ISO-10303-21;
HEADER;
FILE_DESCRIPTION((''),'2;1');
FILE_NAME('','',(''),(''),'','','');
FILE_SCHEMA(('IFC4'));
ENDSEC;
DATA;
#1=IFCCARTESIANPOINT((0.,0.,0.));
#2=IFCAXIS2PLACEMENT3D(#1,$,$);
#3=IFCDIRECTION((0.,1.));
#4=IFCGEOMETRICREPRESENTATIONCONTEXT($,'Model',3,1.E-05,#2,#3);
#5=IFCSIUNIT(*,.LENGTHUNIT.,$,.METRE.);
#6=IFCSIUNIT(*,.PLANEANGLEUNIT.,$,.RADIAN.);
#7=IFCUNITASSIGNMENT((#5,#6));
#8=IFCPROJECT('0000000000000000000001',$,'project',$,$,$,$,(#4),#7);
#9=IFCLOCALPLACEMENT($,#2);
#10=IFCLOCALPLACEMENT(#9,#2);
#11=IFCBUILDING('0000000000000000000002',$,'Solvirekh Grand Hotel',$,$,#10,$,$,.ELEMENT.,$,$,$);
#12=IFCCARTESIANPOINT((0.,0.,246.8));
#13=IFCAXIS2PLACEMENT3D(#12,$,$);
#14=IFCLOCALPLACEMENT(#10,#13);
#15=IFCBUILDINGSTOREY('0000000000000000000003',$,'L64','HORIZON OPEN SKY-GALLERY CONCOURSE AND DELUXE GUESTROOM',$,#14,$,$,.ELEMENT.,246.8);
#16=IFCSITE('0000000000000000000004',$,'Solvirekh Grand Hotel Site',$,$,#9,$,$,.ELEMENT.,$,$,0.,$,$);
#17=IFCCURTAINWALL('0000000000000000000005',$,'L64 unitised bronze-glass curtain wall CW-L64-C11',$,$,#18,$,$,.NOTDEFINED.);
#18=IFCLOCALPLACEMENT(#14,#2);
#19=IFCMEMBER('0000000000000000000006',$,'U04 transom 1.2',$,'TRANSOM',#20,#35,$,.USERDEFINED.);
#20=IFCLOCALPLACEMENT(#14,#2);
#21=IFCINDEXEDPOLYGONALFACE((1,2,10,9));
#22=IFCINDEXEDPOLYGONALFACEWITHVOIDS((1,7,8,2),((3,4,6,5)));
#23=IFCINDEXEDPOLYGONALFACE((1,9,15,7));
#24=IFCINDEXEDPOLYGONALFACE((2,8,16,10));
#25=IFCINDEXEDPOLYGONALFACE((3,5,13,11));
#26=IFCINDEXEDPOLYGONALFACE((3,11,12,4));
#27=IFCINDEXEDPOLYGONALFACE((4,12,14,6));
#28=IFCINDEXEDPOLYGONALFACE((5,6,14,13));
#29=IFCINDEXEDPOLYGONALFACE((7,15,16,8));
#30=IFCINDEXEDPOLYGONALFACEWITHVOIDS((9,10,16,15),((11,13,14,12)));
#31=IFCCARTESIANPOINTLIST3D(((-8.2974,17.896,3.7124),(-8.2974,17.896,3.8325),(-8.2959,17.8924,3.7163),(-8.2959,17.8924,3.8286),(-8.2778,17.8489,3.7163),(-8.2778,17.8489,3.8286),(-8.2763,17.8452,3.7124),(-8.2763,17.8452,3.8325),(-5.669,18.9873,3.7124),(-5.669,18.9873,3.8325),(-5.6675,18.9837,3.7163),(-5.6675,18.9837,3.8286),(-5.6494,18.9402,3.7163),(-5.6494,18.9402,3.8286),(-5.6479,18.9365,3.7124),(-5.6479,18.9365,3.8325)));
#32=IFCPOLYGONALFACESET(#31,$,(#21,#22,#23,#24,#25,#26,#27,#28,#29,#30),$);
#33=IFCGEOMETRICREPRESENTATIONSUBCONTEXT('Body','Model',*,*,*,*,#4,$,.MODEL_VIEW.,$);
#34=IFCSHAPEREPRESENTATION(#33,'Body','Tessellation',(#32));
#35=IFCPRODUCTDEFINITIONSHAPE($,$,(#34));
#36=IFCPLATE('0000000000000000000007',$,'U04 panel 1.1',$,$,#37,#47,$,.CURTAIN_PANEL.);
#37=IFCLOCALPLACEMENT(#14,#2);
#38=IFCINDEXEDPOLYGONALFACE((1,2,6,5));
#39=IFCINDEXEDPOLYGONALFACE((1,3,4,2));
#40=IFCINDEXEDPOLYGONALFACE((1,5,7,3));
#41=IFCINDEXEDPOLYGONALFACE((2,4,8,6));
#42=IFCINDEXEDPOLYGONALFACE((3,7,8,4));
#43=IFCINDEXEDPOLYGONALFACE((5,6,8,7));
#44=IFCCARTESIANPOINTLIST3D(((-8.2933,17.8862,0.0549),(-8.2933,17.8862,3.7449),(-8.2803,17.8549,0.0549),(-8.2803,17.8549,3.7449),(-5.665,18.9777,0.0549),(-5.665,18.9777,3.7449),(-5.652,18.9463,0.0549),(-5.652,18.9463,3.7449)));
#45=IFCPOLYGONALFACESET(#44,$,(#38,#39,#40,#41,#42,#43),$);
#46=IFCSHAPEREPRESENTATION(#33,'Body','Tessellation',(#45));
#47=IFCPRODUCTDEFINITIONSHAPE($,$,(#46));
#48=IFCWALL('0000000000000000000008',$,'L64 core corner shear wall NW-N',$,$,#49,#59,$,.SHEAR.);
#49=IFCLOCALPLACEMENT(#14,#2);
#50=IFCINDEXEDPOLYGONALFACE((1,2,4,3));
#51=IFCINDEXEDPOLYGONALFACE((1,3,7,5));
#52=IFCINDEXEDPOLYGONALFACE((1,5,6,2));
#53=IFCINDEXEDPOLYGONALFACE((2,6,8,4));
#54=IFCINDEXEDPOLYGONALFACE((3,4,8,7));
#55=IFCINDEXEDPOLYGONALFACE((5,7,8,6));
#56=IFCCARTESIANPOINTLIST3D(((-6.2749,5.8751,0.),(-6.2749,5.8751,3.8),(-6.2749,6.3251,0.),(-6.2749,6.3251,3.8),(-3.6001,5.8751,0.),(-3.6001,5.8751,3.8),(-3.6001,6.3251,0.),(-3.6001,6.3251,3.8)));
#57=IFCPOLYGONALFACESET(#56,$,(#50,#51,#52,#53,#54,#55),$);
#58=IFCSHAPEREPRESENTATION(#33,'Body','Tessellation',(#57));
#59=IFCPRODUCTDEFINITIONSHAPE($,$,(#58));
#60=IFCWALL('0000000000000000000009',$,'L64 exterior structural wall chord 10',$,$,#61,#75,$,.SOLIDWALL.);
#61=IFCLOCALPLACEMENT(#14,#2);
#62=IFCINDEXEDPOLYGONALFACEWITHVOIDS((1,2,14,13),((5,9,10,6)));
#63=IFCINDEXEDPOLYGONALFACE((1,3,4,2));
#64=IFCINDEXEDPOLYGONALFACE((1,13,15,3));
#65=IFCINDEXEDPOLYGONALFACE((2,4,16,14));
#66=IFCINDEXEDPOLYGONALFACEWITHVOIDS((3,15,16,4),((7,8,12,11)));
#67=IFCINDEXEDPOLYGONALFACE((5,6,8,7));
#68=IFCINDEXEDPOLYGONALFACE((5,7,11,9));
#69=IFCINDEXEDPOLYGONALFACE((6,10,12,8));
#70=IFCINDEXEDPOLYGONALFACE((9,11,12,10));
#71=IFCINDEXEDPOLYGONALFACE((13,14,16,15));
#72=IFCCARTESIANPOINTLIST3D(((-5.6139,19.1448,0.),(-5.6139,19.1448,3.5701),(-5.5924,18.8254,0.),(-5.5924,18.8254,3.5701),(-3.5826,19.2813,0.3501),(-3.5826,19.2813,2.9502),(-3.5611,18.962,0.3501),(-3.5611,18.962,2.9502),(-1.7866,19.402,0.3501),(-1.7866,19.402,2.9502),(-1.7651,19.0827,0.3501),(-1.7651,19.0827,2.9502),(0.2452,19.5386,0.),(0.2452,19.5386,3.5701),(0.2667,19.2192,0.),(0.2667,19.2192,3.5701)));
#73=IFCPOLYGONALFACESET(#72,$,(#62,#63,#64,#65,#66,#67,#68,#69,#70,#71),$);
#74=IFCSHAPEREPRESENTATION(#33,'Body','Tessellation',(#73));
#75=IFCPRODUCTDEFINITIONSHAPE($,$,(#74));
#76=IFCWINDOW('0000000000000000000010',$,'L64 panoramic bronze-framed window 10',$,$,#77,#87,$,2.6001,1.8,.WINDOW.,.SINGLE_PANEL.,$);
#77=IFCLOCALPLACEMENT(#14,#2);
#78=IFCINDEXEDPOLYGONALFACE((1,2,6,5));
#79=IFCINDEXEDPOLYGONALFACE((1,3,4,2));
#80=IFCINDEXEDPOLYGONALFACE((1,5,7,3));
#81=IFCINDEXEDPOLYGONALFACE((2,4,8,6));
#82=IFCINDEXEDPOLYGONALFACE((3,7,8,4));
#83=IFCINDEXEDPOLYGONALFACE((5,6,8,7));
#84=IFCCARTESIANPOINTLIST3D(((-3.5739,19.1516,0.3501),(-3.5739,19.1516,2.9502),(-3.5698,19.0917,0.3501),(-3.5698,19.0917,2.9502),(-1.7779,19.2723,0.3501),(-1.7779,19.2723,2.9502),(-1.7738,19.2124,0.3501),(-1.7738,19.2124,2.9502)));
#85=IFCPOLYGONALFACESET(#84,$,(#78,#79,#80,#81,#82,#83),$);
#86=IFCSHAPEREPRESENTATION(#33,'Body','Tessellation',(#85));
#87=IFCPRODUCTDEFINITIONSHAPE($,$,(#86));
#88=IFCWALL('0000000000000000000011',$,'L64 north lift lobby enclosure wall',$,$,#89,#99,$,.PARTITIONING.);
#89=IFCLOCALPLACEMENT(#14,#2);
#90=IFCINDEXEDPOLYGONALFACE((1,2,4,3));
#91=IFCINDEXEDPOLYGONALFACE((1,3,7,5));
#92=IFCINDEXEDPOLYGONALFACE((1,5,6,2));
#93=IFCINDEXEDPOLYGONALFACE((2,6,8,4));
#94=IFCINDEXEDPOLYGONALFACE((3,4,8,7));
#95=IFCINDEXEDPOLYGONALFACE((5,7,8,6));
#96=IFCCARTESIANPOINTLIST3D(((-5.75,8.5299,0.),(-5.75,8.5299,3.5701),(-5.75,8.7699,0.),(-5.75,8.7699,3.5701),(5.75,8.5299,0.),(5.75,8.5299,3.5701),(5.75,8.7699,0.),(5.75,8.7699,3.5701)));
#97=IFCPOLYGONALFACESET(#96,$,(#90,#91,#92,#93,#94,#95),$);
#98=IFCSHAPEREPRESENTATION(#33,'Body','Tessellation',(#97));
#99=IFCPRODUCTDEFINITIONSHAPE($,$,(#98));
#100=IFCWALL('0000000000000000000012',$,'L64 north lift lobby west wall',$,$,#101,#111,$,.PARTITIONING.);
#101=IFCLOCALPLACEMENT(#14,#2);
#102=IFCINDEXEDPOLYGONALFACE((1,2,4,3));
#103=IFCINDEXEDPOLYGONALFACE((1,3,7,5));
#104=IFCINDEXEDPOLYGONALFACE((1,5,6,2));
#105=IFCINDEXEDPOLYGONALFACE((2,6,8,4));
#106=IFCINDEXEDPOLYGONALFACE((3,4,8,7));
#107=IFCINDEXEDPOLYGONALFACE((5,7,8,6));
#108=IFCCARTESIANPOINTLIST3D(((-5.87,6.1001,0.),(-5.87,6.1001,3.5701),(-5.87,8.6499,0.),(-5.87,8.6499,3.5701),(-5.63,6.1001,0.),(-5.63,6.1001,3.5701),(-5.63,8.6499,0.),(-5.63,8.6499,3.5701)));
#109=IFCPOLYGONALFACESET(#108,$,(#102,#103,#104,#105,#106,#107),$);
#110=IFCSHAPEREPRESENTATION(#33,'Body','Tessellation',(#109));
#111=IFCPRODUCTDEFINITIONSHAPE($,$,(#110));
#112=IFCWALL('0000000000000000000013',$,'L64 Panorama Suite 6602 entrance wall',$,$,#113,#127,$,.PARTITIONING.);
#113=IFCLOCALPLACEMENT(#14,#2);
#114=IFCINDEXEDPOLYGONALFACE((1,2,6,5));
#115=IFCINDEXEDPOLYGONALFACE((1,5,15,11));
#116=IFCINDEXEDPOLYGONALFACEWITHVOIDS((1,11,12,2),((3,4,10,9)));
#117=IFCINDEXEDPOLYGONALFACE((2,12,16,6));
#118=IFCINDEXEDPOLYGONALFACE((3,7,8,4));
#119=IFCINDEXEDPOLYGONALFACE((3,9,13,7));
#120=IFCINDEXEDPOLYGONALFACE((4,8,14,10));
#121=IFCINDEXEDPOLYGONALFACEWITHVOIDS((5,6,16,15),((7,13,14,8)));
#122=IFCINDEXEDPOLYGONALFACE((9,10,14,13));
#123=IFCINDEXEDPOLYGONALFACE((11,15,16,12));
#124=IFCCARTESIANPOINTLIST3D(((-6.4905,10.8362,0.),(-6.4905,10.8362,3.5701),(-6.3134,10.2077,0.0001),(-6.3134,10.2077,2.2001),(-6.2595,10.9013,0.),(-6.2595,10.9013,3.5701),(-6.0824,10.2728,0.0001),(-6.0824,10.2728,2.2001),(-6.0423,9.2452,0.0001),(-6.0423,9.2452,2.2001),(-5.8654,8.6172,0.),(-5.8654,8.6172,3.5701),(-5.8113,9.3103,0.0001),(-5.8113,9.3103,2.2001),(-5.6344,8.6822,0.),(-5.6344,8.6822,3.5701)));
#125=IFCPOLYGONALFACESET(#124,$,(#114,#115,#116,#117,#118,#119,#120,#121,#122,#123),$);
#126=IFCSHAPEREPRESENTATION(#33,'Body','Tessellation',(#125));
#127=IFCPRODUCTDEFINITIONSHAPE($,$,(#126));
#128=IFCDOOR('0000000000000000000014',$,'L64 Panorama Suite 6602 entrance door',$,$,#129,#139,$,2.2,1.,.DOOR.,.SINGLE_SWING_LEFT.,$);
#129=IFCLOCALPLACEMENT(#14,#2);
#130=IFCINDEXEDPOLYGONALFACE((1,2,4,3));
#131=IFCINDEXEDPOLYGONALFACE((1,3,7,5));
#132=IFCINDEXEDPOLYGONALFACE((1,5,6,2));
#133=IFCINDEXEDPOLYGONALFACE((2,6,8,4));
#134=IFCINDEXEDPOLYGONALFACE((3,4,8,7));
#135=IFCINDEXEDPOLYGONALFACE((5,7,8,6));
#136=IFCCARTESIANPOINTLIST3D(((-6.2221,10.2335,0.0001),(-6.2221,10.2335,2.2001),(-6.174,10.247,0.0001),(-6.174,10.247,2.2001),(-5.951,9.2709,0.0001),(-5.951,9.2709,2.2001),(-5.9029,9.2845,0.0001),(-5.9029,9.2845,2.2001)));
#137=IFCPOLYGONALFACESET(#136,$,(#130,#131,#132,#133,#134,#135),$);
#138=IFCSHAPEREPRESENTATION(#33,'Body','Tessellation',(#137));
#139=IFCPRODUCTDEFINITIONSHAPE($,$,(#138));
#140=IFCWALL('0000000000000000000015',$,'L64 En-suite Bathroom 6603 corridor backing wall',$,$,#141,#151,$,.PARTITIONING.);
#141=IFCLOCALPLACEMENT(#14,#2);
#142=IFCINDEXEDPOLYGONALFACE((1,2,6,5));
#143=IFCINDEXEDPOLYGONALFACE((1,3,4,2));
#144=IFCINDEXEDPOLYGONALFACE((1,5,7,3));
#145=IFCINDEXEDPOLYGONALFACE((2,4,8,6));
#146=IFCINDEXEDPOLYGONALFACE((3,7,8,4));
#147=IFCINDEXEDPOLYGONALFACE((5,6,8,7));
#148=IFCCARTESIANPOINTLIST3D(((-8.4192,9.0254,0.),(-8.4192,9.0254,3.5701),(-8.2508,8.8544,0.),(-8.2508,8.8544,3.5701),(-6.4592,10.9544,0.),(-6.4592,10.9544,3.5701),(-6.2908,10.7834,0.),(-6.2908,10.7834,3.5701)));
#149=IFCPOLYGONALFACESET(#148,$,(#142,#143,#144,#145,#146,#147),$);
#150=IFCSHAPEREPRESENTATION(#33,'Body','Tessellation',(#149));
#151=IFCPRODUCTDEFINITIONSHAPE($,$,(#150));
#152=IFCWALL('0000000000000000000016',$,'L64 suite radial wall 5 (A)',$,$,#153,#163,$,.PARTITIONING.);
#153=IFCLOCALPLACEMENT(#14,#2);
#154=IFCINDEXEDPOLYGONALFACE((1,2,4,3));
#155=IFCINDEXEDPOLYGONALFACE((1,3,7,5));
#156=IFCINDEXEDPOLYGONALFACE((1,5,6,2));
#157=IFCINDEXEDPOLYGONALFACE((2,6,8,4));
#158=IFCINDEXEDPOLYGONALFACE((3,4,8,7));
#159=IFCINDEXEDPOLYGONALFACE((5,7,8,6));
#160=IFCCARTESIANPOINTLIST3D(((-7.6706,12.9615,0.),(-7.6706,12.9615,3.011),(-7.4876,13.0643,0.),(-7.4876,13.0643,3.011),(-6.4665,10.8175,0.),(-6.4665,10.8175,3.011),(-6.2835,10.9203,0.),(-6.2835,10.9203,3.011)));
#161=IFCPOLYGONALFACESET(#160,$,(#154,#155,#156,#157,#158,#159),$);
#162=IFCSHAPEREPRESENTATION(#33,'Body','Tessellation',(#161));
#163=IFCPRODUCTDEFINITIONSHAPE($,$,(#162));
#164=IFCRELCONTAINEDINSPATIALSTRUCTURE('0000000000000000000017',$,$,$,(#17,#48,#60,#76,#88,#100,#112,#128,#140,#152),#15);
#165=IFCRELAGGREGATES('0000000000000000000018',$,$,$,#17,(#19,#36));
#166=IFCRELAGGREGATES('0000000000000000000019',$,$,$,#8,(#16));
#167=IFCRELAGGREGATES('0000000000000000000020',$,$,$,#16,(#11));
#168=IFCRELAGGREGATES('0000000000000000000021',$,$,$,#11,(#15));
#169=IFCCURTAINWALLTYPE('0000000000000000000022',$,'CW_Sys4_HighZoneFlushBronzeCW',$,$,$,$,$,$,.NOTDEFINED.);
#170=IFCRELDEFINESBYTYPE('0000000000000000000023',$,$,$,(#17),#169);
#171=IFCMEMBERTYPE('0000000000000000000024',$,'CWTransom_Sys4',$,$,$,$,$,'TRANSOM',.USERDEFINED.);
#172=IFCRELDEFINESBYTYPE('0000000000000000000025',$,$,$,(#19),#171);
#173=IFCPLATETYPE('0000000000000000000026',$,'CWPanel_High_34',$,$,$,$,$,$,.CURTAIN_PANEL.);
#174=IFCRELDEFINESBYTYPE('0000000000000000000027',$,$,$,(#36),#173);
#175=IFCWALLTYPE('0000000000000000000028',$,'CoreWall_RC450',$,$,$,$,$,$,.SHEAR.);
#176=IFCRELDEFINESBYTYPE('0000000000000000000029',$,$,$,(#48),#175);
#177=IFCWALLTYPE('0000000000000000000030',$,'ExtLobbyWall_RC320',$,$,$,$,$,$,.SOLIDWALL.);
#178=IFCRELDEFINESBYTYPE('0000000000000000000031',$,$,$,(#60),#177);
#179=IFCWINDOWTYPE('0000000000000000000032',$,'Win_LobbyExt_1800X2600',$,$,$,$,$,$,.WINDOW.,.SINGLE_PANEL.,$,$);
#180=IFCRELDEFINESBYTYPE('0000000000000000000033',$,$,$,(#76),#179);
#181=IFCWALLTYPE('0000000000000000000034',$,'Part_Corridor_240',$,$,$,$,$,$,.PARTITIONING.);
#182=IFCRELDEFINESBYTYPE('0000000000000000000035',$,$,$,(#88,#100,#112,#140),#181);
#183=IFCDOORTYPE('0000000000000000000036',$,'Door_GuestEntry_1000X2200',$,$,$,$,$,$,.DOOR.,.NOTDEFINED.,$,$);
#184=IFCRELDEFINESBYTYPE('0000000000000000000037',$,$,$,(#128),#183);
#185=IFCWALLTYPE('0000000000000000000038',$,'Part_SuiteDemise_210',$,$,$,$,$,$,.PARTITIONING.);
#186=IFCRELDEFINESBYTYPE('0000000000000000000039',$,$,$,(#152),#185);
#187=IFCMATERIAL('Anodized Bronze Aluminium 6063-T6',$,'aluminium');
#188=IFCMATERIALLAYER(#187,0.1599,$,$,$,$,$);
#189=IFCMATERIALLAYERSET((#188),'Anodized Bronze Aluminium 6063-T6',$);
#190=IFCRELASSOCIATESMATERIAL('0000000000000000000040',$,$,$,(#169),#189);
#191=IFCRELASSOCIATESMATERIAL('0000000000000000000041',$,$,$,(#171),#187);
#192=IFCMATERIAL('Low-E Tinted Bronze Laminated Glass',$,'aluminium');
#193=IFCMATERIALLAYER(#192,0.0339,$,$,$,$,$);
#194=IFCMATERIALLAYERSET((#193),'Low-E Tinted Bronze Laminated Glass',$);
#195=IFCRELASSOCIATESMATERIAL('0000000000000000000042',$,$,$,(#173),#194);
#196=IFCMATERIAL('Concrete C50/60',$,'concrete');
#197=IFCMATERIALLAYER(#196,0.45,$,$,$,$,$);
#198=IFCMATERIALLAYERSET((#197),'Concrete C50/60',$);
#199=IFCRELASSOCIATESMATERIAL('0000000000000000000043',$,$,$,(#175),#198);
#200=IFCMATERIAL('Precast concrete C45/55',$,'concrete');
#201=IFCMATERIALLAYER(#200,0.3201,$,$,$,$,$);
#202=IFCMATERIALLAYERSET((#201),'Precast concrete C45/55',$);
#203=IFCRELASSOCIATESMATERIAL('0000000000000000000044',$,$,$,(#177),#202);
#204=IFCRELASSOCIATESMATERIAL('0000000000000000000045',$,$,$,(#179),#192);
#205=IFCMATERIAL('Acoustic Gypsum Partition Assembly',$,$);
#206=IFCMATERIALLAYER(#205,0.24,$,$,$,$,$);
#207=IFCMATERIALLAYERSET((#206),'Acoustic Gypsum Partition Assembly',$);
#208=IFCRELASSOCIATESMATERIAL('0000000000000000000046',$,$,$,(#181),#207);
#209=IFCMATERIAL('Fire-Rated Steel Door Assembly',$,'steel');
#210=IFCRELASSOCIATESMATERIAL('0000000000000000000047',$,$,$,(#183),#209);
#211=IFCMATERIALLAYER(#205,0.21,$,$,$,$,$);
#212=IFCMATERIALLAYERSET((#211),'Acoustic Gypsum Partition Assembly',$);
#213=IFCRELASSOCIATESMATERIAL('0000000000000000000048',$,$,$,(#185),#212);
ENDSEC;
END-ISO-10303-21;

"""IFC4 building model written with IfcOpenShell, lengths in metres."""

from ifc_helpers import new_model, si_unit, direction, frame, frame_2d, origin, origin_2d, place, context, subcontext, project, spatial, rectangle, hollow_rectangle, extrude, source, transform, mapped, material, layer, layer_set, material_profile, profile_set, type_object, element, fill, aggregate, save


model = new_model("IFC4")

# Units and contexts
model_context = context("Model", 3, precision=1e-05, world=origin(), true_north=direction((0.0, 1.0)))
body_context = subcontext(model_context, "Body", "Model", "MODEL_VIEW")
ifc_project = project(units=[si_unit("LENGTHUNIT", "METRE"), si_unit("PLANEANGLEUNIT", "RADIAN")], contexts=[model_context])

# Site, building, storey
site_placement = place(None, origin())
site = spatial("IfcSite", under=ifc_project, at=site_placement, Name="Solvirekh Grand Hotel Site", CompositionType="ELEMENT", RefElevation=0.0)
building_placement = place(site_placement, origin())
building = spatial("IfcBuilding", under=site, at=building_placement, Name="Solvirekh Grand Hotel", CompositionType="ELEMENT")
storey_placement = place(building_placement, frame((0.0, 0.0, 246.8)))
storey = spatial("IfcBuildingStorey", under=building, at=storey_placement, Name="L64", Description="HORIZON OPEN SKY-GALLERY CONCOURSE AND DELUXE GUESTROOM", CompositionType="ELEMENT", Elevation=246.8)

# Shared definitions
ifc_material_1 = material(Name="Concrete C50/60", Category="concrete")

# Curtain wall, member, plate
ifc_material_2 = material(Name="Anodized Bronze Aluminium 6063-T6", Category="aluminium")
ifc_layer_1 = layer(ifc_material_2, 0.1599)
ifc_layer_set_1 = layer_set([ifc_layer_1], Name="Anodized Bronze Aluminium 6063-T6")
curtain_wall_type = type_object("IfcCurtainWallType", Name="CW_Sys4_HighZoneFlushBronzeCW", PredefinedType="NOTDEFINED", material=ifc_layer_set_1)
curtain_wall_placement = place(storey_placement, origin())
curtain_wall = element("IfcCurtainWall", 1, at=curtain_wall_placement, inside=storey, type_object=curtain_wall_type, Name="L64 unitised bronze-glass curtain wall CW-L64-C11", PredefinedType="NOTDEFINED")
ifc_material_profile_1 = material_profile(ifc_material_2, hollow_rectangle(XDim=0.0549, YDim=0.1201, WallThickness=0.0039, at=origin_2d()), Name="ALU RHS 120X55X4")
ifc_profile_set_1 = profile_set([ifc_material_profile_1], Name="Anodized Bronze Aluminium 6063-T6")
member_type_1 = type_object("IfcMemberType", Name="CWTransom_Sys4", ElementType="TRANSOM", PredefinedType="USERDEFINED", material=ifc_profile_set_1)
shared_shape_1 = source(origin(), body_context, "Body", "SweptSolid", [
    extrude(hollow_rectangle(XDim=0.0549, YDim=0.1201, WallThickness=0.0039, at=origin_2d()), origin(), (0.0, 0.0, 1.0), 2.8459),
])
member_1_placement = place(storey_placement, frame((-5.6584, 18.9619, 3.7725), z_axis=(-0.923558, -0.383458, 0.0), x_axis=(0.383458, -0.923558, 0.0)))
member_1 = element("IfcMember", 2, at=member_1_placement, type_object=member_type_1, Name="U04 transom 1.2", ObjectType="TRANSOM", PredefinedType="USERDEFINED", context=body_context, shape_type="MappedRepresentation", body=[
    mapped(shared_shape_1, transform((0.0, 0.0, 0.0), x_axis=(1.0, 0.0, 0.0), y_axis=(0.0, 1.0, 0.0), z_axis=(0.0, 0.0, 1.0), scale=1.0)),
])
ifc_material_3 = material(Name="Low-E Tinted Bronze Laminated Glass", Category="aluminium")
ifc_layer_2 = layer(ifc_material_3, 0.0339)
ifc_layer_set_2 = layer_set([ifc_layer_2], Name="Low-E Tinted Bronze Laminated Glass")
plate_type = type_object("IfcPlateType", Name="CWPanel_High_34", PredefinedType="CURTAIN_PANEL", material=ifc_layer_set_2)
shared_shape_2 = source(origin(), body_context, "Body", "SweptSolid", [
    extrude(rectangle(XDim=2.8459, YDim=0.0339, at=origin_2d()), origin(), (0.0, 0.0, 1.0), 3.6899),
])
plate_placement = place(storey_placement, frame((-6.9727, 18.4163, 0.0549), z_axis=(0.0, 0.0, 1.0), x_axis=(-0.923535, -0.383515, 0.0)))
plate = element("IfcPlate", 3, at=plate_placement, type_object=plate_type, Name="U04 panel 1.1", PredefinedType="CURTAIN_PANEL", context=body_context, shape_type="MappedRepresentation", body=[
    mapped(shared_shape_2, transform((0.0, 0.0, 0.0), x_axis=(1.0, 0.0, 0.0), y_axis=(0.0, 1.0, 0.0), z_axis=(0.0, 0.0, 1.0), scale=1.0)),
])
aggregate(curtain_wall, [member_1, plate])

# Wall
ifc_layer_3 = layer(ifc_material_1, 0.45)
ifc_layer_set_3 = layer_set([ifc_layer_3], Name="Concrete C50/60")
wall_type_1 = type_object("IfcWallType", Name="CoreWall_RC450", PredefinedType="SHEAR", material=ifc_layer_set_3)
wall_1_placement = place(storey_placement, frame((-6.2749, 6.1001, 0.0), z_axis=(0.0, 0.0, 1.0), x_axis=(1.0, 0.0, 0.0)))
element("IfcWall", 4, at=wall_1_placement, inside=storey, type_object=wall_type_1, Name="L64 core corner shear wall NW-N", PredefinedType="SHEAR", context=body_context, shape_type="SweptSolid", body=[
    extrude(rectangle(XDim=2.6748, YDim=0.45, at=frame_2d((1.3374, 0.0))), origin(), (0.0, 0.0, 1.0), 3.8),
])

# Wall, opening, window
ifc_material_4 = material(Name="Precast concrete C45/55", Category="concrete")
ifc_layer_4 = layer(ifc_material_4, 0.3201)
ifc_layer_set_4 = layer_set([ifc_layer_4], Name="Precast concrete C45/55")
wall_type_2 = type_object("IfcWallType", Name="ExtLobbyWall_RC320", PredefinedType="SOLIDWALL", material=ifc_layer_set_4)
wall_2_placement = place(storey_placement, frame((-5.603, 18.9851, 0.0), z_axis=(0.0, 0.0, 1.0), x_axis=(0.997749, 0.06706, 0.0)))
wall_2 = element("IfcWall", 5, at=wall_2_placement, inside=storey, type_object=wall_type_2, Name="L64 exterior structural wall chord 10", PredefinedType="SOLIDWALL", context=body_context, shape_type="SweptSolid", body=[
    extrude(rectangle(XDim=5.8723, YDim=0.3201, at=frame_2d((2.936, 0.0))), origin(), (0.0, 0.0, 1.0), 3.5701),
])
opening_1_placement = place(wall_2_placement, frame((2.0359, 0.0, 0.3501)))
opening_1 = element("IfcOpeningElement", 6, at=opening_1_placement, cuts=wall_2, PredefinedType="OPENING", context=body_context, shape_type="SweptSolid", body=[
    extrude(rectangle(XDim=1.8, YDim=2.6001, at=frame_2d((0.8999, 1.3))), frame((0.0, 0.1699, 0.0), z_axis=(0.0, -1.0, 0.0), x_axis=(1.0, 0.0, 0.0)), (0.0, 0.0, 1.0), 0.3401),
])
window_type = type_object("IfcWindowType", Name="Win_LobbyExt_1800X2600", PartitioningType="SINGLE_PANEL", PredefinedType="WINDOW", material=ifc_material_3)
window_placement = place(opening_1_placement, origin())
window = element("IfcWindow", 7, at=window_placement, inside=storey, type_object=window_type, Name="L64 panoramic bronze-framed window 10", OverallHeight=2.6001, OverallWidth=1.8, PartitioningType="SINGLE_PANEL", PredefinedType="WINDOW", context=body_context, shape_type="SweptSolid", body=[
    extrude(rectangle(XDim=1.8, YDim=2.6001, at=frame_2d((0.8999, 1.3))), frame((0.0, 0.03, 0.0), z_axis=(0.0, -1.0, 0.0), x_axis=(1.0, 0.0, 0.0)), (0.0, 0.0, 1.0), 0.0601),
])
fill(opening_1, window)

# Walls
ifc_material_5 = material(Name="Acoustic Gypsum Partition Assembly")
ifc_layer_5 = layer(ifc_material_5, 0.24)
ifc_layer_set_5 = layer_set([ifc_layer_5], Name="Acoustic Gypsum Partition Assembly")
wall_type_3 = type_object("IfcWallType", Name="Part_Corridor_240", PredefinedType="PARTITIONING", material=ifc_layer_set_5)
wall_3_placement = place(storey_placement, frame((-5.75, 8.6499, 0.0), z_axis=(0.0, 0.0, 1.0), x_axis=(1.0, 0.0, 0.0)))
element("IfcWall", 8, at=wall_3_placement, inside=storey, type_object=wall_type_3, Name="L64 north lift lobby enclosure wall", PredefinedType="PARTITIONING", context=body_context, shape_type="SweptSolid", body=[
    extrude(rectangle(XDim=11.5, YDim=0.24, at=frame_2d((5.75, 0.0))), origin(), (0.0, 0.0, 1.0), 3.5701),
])
wall_4_placement = place(storey_placement, frame((-5.75, 6.1001, 0.0), z_axis=(0.0, 0.0, 1.0), x_axis=(0.0, 1.0, 0.0)))
element("IfcWall", 9, at=wall_4_placement, inside=storey, type_object=wall_type_3, Name="L64 north lift lobby west wall", PredefinedType="PARTITIONING", context=body_context, shape_type="SweptSolid", body=[
    extrude(rectangle(XDim=2.5498, YDim=0.24, at=frame_2d((1.2749, 0.0))), origin(), (0.0, 0.0, 1.0), 3.5701),
])

# Wall, opening, door
wall_5_placement = place(storey_placement, frame((-6.375, 10.8689, 0.0), z_axis=(0.0, 0.0, 1.0), x_axis=(0.271111, -0.962548, 0.0)))
wall_5 = element("IfcWall", 10, at=wall_5_placement, inside=storey, type_object=wall_type_3, Name="L64 Panorama Suite 6602 entrance wall", PredefinedType="PARTITIONING", context=body_context, shape_type="SweptSolid", body=[
    extrude(rectangle(XDim=2.3054, YDim=0.24, at=frame_2d((1.1528, 0.0))), origin(), (0.0, 0.0, 1.0), 3.5701),
])
opening_2_placement = place(wall_5_placement, frame((0.6531, 0.0, 0.0)))
opening_2 = element("IfcOpeningElement", 11, at=opening_2_placement, cuts=wall_5, PredefinedType="OPENING", context=body_context, shape_type="SweptSolid", body=[
    extrude(rectangle(XDim=1.0, YDim=2.2, at=frame_2d((0.5, 1.1001))), frame((0.0, 0.1299, 0.0), z_axis=(0.0, -1.0, 0.0), x_axis=(1.0, 0.0, 0.0)), (0.0, 0.0, 1.0), 0.26),
])
ifc_material_6 = material(Name="Fire-Rated Steel Door Assembly", Category="steel")
door_type_1 = type_object("IfcDoorType", Name="Door_GuestEntry_1000X2200", OperationType="NOTDEFINED", PredefinedType="DOOR", material=ifc_material_6)
door_1_placement = place(opening_2_placement, origin())
door_1 = element("IfcDoor", 12, at=door_1_placement, inside=storey, type_object=door_type_1, Name="L64 Panorama Suite 6602 entrance door", OperationType="SINGLE_SWING_LEFT", OverallHeight=2.2, OverallWidth=1.0, PredefinedType="DOOR", context=body_context, shape_type="SweptSolid", body=[
    extrude(rectangle(XDim=1.0, YDim=2.2, at=frame_2d((0.5, 1.1001))), frame((0.0, 0.0249, 0.0), z_axis=(0.0, -1.0, 0.0), x_axis=(1.0, 0.0, 0.0)), (0.0, 0.0, 1.0), 0.05),
])
fill(opening_2, door_1)

# Walls
wall_6_placement = place(storey_placement, frame((-6.375, 10.8689, 0.0), z_axis=(0.0, 0.0, 1.0), x_axis=(-0.712722, -0.701447, 0.0)))
element("IfcWall", 13, at=wall_6_placement, inside=storey, type_object=wall_type_3, Name="L64 En-suite Bathroom 6603 corridor backing wall", PredefinedType="PARTITIONING", context=body_context, shape_type="SweptSolid", body=[
    extrude(rectangle(XDim=2.75, YDim=0.24, at=frame_2d((1.375, 0.0))), origin(), (0.0, 0.0, 1.0), 3.5701),
])
ifc_layer_6 = layer(ifc_material_5, 0.21)
ifc_layer_set_6 = layer_set([ifc_layer_6], Name="Acoustic Gypsum Partition Assembly")
wall_type_4 = type_object("IfcWallType", Name="Part_SuiteDemise_210", PredefinedType="PARTITIONING", material=ifc_layer_set_6)
wall_7_placement = place(storey_placement, frame((-6.375, 10.8689, 0.0), z_axis=(0.0, 0.0, 1.0), x_axis=(-0.489667, 0.871909, 0.0)))
element("IfcWall", 14, at=wall_7_placement, inside=storey, type_object=wall_type_4, Name="L64 suite radial wall 5 (A)", PredefinedType="PARTITIONING", context=body_context, shape_type="SweptSolid", body=[
    extrude(rectangle(XDim=2.459, YDim=0.21, at=frame_2d((1.2295, 0.0))), origin(), (0.0, 0.0, 1.0), 3.011),
])

save(model, "model.ifc")
